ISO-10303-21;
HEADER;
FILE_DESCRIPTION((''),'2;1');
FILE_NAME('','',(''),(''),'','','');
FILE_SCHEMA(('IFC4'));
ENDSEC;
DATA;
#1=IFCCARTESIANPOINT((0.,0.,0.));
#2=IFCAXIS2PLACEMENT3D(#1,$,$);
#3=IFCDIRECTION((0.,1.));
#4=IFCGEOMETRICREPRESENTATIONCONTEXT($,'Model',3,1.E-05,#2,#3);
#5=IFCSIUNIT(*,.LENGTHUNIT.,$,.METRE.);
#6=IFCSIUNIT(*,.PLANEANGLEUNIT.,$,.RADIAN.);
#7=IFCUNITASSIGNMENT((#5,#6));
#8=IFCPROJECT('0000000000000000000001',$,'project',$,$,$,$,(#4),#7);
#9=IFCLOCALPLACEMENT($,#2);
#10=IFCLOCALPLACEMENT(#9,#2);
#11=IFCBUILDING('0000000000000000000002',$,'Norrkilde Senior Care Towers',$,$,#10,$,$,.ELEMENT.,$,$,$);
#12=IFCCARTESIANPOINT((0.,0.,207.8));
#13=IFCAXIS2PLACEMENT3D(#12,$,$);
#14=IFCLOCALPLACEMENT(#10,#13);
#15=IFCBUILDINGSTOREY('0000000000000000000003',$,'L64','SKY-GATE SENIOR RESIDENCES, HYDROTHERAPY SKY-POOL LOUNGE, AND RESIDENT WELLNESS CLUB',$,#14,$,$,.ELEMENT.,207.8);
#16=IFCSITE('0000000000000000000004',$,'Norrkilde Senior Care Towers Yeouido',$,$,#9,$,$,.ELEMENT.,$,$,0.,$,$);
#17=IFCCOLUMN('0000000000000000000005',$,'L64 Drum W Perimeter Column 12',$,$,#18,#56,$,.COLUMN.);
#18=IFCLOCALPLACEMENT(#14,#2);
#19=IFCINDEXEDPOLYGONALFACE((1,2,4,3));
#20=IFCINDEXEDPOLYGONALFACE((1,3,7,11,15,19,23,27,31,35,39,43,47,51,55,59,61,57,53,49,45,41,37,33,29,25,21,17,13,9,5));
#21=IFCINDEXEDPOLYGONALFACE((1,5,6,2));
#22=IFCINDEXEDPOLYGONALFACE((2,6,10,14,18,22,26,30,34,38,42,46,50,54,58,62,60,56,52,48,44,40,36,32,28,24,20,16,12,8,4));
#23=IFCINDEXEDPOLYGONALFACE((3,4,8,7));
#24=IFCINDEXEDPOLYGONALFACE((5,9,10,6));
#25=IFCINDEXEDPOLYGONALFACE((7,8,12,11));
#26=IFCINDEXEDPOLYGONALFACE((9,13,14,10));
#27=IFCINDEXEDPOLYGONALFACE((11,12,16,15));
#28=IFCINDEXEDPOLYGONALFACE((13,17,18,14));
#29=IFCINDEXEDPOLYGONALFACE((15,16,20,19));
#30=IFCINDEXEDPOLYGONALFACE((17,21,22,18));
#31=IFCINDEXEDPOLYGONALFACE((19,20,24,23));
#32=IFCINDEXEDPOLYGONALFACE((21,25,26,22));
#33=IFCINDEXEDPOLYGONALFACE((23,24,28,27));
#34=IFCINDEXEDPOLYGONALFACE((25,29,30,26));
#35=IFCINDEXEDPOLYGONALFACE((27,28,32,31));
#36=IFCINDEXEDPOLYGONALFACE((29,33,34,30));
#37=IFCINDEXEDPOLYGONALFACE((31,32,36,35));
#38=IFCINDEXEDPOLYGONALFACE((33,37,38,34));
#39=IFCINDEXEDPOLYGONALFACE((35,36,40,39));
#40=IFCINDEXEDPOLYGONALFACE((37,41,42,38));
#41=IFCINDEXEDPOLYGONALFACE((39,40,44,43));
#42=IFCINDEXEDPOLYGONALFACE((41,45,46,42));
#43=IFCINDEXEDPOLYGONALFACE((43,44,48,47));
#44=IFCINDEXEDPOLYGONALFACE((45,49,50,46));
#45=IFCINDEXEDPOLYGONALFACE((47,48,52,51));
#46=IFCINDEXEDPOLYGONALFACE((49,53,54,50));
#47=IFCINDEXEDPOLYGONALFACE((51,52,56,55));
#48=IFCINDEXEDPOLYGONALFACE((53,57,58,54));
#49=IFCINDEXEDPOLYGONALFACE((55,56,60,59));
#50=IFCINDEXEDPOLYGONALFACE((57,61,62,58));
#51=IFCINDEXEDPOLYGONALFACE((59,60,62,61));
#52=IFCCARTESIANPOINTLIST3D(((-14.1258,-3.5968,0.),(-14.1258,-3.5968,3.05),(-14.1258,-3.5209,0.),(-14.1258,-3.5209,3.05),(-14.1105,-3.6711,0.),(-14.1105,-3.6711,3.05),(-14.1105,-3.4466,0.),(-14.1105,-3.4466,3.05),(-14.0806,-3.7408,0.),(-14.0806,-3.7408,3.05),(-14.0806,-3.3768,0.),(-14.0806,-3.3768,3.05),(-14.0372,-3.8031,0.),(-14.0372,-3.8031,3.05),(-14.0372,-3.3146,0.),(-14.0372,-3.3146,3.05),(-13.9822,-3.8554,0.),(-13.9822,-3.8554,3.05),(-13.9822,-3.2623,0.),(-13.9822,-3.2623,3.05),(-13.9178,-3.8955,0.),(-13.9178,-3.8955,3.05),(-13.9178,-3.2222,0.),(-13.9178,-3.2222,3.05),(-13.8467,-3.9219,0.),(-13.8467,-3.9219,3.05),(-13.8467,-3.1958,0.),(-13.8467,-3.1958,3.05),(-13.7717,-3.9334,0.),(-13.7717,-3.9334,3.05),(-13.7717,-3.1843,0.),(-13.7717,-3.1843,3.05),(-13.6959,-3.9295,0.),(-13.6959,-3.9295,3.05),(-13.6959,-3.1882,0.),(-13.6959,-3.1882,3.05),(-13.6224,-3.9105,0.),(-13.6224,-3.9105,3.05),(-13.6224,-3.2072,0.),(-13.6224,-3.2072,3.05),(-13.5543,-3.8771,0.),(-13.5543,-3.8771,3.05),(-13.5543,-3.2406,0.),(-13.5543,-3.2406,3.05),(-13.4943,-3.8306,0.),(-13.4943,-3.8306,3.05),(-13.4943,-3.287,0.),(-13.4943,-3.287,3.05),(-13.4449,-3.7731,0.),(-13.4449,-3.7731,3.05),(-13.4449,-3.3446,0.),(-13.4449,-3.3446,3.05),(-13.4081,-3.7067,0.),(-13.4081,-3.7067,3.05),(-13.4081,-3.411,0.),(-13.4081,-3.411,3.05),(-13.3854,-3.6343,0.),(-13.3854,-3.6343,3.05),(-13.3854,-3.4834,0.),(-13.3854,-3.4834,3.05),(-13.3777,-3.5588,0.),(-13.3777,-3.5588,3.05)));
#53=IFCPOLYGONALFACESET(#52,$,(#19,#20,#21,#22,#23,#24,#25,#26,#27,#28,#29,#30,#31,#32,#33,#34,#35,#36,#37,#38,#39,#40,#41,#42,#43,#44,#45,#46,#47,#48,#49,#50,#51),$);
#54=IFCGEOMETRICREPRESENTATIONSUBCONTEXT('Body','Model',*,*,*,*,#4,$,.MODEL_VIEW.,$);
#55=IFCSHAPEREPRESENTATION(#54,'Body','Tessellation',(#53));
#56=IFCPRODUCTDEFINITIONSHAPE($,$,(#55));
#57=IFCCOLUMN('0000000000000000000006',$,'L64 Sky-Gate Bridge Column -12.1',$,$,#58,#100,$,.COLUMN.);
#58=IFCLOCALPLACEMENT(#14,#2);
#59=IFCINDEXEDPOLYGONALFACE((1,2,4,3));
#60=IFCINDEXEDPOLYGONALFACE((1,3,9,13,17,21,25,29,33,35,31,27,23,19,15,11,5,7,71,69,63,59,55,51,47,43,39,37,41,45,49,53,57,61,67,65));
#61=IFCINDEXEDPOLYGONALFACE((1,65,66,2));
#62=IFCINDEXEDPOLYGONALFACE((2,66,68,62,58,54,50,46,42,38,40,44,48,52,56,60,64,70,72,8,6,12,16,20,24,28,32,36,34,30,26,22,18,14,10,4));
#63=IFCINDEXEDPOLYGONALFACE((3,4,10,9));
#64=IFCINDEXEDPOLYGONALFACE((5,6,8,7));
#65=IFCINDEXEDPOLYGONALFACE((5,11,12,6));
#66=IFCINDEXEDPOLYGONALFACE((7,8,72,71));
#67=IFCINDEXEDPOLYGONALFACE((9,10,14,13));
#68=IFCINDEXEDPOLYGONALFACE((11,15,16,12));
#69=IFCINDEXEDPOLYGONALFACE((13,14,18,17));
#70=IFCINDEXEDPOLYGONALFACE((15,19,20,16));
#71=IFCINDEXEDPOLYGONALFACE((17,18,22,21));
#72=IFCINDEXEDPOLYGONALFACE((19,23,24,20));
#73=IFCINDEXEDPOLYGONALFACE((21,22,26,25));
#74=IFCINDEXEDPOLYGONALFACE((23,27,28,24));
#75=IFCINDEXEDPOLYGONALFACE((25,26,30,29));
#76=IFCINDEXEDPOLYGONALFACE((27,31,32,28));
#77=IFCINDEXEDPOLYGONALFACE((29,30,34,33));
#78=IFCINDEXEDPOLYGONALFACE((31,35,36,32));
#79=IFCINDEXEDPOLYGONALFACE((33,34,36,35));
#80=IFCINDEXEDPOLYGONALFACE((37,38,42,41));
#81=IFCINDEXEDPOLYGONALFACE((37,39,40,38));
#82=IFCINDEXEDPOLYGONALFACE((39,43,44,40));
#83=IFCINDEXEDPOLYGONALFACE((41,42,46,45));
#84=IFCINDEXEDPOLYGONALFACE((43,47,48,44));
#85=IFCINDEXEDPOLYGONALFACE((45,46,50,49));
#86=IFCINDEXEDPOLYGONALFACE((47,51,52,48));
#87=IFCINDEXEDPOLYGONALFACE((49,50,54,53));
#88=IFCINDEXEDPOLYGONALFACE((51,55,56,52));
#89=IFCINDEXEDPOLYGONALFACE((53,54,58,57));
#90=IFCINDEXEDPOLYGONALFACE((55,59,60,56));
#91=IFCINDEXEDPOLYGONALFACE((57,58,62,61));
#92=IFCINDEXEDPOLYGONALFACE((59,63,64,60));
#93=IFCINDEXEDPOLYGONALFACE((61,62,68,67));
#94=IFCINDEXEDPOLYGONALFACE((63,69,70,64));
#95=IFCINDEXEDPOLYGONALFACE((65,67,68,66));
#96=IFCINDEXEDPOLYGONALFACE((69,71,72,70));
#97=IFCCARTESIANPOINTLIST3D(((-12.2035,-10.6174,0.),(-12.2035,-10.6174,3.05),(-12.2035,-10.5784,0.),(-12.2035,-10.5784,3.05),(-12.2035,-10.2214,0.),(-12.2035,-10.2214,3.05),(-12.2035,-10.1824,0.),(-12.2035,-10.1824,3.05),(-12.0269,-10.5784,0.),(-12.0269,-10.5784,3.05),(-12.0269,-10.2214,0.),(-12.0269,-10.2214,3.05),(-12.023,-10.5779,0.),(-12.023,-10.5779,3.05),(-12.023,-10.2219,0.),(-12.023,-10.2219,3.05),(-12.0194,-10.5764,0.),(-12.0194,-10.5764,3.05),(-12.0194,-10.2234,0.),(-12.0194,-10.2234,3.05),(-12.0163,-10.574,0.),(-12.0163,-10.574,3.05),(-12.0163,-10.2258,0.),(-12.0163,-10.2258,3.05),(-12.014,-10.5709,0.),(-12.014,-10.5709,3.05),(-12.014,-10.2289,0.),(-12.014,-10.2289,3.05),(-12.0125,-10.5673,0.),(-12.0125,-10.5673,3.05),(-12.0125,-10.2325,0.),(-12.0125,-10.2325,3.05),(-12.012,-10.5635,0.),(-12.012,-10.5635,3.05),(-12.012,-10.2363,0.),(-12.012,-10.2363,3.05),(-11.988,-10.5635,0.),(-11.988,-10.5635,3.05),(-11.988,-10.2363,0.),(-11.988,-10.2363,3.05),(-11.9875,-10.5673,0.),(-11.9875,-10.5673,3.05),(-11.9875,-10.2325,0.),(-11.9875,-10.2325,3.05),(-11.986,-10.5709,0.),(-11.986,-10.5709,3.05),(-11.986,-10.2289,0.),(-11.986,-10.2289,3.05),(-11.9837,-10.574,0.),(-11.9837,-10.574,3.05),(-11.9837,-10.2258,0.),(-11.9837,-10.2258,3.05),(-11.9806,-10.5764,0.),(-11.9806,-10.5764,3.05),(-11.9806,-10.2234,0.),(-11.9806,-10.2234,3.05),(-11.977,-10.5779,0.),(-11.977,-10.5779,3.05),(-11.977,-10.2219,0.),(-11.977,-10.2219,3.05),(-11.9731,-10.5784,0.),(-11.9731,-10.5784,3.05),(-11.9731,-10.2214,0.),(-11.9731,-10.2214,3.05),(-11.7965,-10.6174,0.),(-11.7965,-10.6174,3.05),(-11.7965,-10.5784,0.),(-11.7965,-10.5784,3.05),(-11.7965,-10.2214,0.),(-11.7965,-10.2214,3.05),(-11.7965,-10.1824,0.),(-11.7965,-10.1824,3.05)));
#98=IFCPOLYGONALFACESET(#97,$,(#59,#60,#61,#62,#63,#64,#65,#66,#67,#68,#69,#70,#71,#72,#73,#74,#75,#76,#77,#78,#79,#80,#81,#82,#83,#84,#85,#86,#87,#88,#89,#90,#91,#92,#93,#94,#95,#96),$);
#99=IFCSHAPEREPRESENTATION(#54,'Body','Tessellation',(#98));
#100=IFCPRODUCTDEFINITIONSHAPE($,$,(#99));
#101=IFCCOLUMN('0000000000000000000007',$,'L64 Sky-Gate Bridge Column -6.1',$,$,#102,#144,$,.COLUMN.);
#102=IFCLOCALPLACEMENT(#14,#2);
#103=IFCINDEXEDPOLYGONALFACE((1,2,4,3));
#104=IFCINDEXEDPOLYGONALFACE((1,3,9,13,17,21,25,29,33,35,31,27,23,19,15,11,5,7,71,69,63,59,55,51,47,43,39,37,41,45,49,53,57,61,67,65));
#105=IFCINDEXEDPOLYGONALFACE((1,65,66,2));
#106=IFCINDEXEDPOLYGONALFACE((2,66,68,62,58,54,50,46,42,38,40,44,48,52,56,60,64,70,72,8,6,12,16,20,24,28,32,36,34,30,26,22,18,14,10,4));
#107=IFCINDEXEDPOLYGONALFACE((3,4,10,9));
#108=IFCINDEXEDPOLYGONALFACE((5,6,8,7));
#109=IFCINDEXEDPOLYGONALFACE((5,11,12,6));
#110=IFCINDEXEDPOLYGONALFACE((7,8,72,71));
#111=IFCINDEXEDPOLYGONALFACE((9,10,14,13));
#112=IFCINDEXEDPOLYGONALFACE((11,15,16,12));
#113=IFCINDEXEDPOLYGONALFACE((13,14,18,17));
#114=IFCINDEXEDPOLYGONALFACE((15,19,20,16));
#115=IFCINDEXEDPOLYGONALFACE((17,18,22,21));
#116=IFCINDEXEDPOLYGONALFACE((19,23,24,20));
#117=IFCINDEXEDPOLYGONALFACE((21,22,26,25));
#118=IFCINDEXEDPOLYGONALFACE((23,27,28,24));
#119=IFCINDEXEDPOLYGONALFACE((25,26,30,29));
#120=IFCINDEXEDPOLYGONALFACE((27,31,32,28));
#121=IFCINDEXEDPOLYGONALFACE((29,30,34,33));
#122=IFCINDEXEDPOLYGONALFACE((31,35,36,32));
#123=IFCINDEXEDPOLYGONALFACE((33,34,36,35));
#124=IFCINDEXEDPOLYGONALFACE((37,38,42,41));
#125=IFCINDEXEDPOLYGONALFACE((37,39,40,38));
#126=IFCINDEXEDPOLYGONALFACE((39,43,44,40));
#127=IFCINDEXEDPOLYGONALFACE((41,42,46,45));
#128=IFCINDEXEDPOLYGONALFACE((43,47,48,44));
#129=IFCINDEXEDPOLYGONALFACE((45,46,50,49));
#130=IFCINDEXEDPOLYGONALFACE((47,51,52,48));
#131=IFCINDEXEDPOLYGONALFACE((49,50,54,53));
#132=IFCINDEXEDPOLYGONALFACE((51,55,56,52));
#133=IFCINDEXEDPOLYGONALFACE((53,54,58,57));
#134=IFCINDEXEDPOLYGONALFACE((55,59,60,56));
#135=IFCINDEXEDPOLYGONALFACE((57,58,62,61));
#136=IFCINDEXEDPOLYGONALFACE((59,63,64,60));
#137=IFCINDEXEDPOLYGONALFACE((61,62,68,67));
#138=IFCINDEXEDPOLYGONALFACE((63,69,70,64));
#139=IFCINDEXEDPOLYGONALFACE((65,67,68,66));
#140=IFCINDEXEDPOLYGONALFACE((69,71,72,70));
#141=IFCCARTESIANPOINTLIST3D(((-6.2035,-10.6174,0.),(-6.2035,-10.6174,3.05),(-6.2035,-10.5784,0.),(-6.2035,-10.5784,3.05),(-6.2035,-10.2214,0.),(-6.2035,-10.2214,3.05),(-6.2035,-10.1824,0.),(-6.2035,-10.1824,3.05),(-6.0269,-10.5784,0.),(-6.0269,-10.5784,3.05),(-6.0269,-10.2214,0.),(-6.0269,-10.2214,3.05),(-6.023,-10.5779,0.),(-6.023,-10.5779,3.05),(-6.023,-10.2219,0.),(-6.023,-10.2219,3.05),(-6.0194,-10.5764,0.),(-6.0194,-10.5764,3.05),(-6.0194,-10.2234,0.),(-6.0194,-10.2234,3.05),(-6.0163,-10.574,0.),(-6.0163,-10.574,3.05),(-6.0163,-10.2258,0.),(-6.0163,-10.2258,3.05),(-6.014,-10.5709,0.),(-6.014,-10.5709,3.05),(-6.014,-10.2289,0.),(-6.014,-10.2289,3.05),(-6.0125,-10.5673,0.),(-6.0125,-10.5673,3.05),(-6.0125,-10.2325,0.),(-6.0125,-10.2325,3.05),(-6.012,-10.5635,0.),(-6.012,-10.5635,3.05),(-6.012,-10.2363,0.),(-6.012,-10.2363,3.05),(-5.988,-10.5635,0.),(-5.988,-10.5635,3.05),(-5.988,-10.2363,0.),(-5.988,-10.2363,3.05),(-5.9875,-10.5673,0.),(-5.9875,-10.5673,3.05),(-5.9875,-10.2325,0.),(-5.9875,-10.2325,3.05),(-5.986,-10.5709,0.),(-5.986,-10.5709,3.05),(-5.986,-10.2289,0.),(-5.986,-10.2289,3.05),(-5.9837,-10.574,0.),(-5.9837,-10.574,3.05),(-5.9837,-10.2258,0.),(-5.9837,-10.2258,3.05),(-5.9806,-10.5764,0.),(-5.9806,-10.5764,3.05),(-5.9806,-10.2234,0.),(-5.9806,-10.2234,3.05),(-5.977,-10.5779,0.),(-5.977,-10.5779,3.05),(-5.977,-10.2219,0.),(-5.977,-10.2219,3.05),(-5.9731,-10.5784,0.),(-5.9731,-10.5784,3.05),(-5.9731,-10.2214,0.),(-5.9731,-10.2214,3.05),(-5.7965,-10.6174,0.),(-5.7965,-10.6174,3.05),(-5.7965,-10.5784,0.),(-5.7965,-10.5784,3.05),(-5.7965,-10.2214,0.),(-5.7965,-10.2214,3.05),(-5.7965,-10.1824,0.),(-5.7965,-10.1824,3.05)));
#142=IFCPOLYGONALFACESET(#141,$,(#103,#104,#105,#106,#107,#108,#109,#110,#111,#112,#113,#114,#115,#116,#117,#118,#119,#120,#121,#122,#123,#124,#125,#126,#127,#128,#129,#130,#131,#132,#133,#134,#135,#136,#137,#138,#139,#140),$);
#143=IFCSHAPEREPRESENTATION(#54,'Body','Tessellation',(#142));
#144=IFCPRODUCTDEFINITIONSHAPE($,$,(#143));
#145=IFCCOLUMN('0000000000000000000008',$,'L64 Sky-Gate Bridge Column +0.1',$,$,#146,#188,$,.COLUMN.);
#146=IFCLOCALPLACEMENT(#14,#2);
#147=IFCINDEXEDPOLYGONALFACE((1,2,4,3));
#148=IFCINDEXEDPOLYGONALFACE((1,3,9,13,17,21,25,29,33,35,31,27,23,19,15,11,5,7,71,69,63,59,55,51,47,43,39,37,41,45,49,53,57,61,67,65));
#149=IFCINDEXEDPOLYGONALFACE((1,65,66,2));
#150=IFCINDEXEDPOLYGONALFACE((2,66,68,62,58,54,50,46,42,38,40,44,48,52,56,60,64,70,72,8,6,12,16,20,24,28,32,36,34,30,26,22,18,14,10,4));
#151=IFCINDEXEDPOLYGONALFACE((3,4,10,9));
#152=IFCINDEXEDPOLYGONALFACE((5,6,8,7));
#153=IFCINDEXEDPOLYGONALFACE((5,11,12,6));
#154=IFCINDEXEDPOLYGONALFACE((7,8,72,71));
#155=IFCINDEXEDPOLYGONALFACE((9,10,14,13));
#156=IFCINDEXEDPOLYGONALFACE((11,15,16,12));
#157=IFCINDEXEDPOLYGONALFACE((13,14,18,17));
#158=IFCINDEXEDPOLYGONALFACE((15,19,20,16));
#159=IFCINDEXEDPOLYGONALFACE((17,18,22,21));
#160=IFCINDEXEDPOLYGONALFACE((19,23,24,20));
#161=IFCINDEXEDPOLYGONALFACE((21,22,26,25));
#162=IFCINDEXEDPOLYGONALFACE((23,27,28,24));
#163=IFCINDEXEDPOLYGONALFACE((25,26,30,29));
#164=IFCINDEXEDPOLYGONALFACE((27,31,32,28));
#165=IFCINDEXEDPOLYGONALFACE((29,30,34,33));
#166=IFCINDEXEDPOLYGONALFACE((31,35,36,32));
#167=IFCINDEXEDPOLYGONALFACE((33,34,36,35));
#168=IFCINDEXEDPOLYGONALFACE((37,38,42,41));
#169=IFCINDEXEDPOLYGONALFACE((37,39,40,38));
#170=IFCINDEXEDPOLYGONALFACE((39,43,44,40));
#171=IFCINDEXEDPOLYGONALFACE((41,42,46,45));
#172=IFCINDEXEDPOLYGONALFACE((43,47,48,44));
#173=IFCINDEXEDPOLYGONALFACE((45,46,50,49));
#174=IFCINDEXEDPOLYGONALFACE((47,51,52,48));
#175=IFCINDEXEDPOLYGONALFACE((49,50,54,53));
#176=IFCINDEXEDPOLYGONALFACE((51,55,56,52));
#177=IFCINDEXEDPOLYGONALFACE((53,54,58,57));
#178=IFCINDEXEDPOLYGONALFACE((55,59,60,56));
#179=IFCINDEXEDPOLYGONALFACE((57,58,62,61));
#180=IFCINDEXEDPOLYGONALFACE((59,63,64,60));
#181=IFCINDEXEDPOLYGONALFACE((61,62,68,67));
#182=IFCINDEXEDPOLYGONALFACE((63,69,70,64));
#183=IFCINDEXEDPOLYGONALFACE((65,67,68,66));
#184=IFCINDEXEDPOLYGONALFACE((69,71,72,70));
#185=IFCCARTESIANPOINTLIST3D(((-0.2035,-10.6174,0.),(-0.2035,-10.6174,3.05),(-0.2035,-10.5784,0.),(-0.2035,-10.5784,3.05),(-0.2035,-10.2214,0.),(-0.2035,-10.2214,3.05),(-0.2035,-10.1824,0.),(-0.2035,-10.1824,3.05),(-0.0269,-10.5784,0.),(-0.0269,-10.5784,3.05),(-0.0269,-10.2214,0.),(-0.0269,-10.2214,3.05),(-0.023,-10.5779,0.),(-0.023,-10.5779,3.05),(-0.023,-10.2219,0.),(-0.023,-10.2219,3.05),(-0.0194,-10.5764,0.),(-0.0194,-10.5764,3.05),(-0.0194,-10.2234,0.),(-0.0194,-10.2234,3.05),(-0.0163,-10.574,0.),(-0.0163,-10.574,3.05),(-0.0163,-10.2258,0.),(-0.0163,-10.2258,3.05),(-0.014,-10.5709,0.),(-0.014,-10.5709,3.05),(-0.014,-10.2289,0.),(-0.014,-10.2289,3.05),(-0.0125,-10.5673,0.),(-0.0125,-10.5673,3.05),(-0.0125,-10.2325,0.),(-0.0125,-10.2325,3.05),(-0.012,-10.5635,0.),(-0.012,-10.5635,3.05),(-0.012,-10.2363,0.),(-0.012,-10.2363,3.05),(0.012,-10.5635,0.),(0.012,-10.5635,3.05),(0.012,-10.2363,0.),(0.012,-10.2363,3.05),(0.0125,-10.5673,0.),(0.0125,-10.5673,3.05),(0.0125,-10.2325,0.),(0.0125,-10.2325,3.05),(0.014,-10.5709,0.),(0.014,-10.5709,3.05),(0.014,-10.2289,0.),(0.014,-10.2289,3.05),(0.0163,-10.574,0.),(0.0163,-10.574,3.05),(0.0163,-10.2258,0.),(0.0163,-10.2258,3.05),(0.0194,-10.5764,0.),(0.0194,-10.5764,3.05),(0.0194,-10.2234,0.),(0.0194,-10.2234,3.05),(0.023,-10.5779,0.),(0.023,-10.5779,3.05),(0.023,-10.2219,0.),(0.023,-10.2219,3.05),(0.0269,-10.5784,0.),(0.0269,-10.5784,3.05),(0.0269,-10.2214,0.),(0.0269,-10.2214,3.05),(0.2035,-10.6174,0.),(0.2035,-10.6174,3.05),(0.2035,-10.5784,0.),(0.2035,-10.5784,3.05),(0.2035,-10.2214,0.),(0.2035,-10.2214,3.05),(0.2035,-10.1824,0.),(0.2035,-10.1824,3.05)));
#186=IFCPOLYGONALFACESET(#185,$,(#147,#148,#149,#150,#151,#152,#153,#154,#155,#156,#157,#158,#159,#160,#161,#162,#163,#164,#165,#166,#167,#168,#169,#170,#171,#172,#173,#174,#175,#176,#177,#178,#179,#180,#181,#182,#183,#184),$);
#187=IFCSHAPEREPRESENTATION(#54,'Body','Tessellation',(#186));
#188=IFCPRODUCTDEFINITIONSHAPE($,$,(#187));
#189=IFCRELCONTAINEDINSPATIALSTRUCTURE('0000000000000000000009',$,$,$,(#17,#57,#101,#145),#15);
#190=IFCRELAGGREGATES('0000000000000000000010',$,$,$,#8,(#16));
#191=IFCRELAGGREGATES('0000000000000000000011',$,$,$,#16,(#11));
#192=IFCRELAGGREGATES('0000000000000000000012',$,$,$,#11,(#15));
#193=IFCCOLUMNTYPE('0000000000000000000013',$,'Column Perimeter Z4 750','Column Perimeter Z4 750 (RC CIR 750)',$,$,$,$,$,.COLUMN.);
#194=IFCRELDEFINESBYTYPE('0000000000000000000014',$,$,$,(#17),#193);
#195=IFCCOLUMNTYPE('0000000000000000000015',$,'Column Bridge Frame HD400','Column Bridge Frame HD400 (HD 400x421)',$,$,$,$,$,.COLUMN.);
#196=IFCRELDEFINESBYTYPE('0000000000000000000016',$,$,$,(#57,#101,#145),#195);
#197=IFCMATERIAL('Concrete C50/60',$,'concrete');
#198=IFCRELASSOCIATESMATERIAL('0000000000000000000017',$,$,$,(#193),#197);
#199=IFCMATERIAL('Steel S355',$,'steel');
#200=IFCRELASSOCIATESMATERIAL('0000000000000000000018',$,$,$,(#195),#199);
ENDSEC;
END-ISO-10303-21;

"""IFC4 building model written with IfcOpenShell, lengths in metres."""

from ifc_helpers import new_model, si_unit, direction, frame, origin, origin_2d, place, context, subcontext, project, spatial, circle, i_section, extrude, source, transform, mapped, material, material_profile, profile_set, type_object, type_shapes, element, save


model = new_model("IFC4")

# Units and contexts
model_context = context("Model", 3, precision=1e-05, world=origin(), true_north=direction((0.0, 1.0)))
body_context = subcontext(model_context, "Body", "Model", "MODEL_VIEW")
ifc_project = project(units=[si_unit("LENGTHUNIT", "METRE"), si_unit("PLANEANGLEUNIT", "RADIAN")], contexts=[model_context])

# Site, building, storey
site_placement = place(None, origin())
site = spatial("IfcSite", under=ifc_project, at=site_placement, Name="Norrkilde Senior Care Towers Yeouido", CompositionType="ELEMENT", RefElevation=0.0)
building_placement = place(site_placement, origin())
building = spatial("IfcBuilding", under=site, at=building_placement, Name="Norrkilde Senior Care Towers", CompositionType="ELEMENT")
storey_placement = place(building_placement, frame((0.0, 0.0, 207.8)))
storey = spatial("IfcBuildingStorey", under=building, at=storey_placement, Name="L64", Description="SKY-GATE SENIOR RESIDENCES, HYDROTHERAPY SKY-POOL LOUNGE, AND RESIDENT WELLNESS CLUB", CompositionType="ELEMENT", Elevation=207.8)

# Columns
ifc_material_1 = material(Name="Concrete C50/60", Category="concrete")
ifc_material_profile_1 = material_profile(ifc_material_1, circle(Radius=0.375, at=origin_2d()), Name="RC CIR 750")
ifc_profile_set_1 = profile_set([ifc_material_profile_1], Name="Concrete C50/60")
column_type_1 = type_object("IfcColumnType", Name="Column Perimeter Z4 750", Description="Column Perimeter Z4 750 (RC CIR 750)", PredefinedType="COLUMN", material=ifc_profile_set_1)
shared_shape_1 = source(origin(), body_context, "Body", "SweptSolid", [
    extrude(circle(Radius=0.375, at=origin_2d()), origin(), (0.0, 0.0, 1.0), 3.05),
])
type_shapes(column_type_1, [shared_shape_1])
column_placement = place(storey_placement, frame((-13.7527, -3.5588, 0.0), z_axis=(0.0, 0.0, 1.0), x_axis=(1.0, 0.0, 0.0)))
element("IfcColumn", 1, at=column_placement, inside=storey, type_object=column_type_1, Name="L64 Drum W Perimeter Column 12", PredefinedType="COLUMN", context=body_context, shape_type="MappedRepresentation", body=[
    mapped(shared_shape_1, transform((0.0, 0.0, 0.0), x_axis=(1.0, 0.0, 0.0), y_axis=(0.0, 1.0, 0.0), z_axis=(0.0, 0.0, 1.0), scale=1.0)),
])
ifc_material_2 = material(Name="Steel S355", Category="steel")
ifc_material_profile_2 = material_profile(ifc_material_2, i_section(OverallWidth=0.407, OverallDepth=0.4351, WebThickness=0.0239, FlangeThickness=0.0391, FilletRadius=0.0149, at=origin_2d()), Name="HD 400x421")
ifc_profile_set_2 = profile_set([ifc_material_profile_2], Name="Steel S355")
column_type_2 = type_object("IfcColumnType", Name="Column Bridge Frame HD400", Description="Column Bridge Frame HD400 (HD 400x421)", PredefinedType="COLUMN", material=ifc_profile_set_2)
shared_shape_2 = source(origin(), body_context, "Body", "SweptSolid", [
    extrude(i_section(OverallWidth=0.407, OverallDepth=0.4351, WebThickness=0.0239, FlangeThickness=0.0391, FilletRadius=0.0149, at=origin_2d()), origin(), (0.0, 0.0, 1.0), 3.05),
])
type_shapes(column_type_2, [shared_shape_2])
for number, where, z_axis, x_axis, name in (
    (2, (-12.0, -10.3999, 0.0), (0.0, 0.0, 1.0), (1.0, 0.0, 0.0), "L64 Sky-Gate Bridge Column -12.1"),
    (3, (-6.0, -10.3999, 0.0), (0.0, 0.0, 1.0), (1.0, 0.0, 0.0), "L64 Sky-Gate Bridge Column -6.1"),
    (4, (0.0, -10.3999, 0.0), (0.0, 0.0, 1.0), (1.0, 0.0, 0.0), "L64 Sky-Gate Bridge Column +0.1"),
):
    element("IfcColumn", number, at=place(storey_placement, frame(where, z_axis=z_axis, x_axis=x_axis)), inside=storey, type_object=column_type_2, Name=name, PredefinedType="COLUMN", context=body_context, shape_type="MappedRepresentation", body=[
        mapped(shared_shape_2, transform((0.0, 0.0, 0.0), x_axis=(1.0, 0.0, 0.0), y_axis=(0.0, 1.0, 0.0), z_axis=(0.0, 0.0, 1.0), scale=1.0)),
    ])

save(model, "model.ifc")
